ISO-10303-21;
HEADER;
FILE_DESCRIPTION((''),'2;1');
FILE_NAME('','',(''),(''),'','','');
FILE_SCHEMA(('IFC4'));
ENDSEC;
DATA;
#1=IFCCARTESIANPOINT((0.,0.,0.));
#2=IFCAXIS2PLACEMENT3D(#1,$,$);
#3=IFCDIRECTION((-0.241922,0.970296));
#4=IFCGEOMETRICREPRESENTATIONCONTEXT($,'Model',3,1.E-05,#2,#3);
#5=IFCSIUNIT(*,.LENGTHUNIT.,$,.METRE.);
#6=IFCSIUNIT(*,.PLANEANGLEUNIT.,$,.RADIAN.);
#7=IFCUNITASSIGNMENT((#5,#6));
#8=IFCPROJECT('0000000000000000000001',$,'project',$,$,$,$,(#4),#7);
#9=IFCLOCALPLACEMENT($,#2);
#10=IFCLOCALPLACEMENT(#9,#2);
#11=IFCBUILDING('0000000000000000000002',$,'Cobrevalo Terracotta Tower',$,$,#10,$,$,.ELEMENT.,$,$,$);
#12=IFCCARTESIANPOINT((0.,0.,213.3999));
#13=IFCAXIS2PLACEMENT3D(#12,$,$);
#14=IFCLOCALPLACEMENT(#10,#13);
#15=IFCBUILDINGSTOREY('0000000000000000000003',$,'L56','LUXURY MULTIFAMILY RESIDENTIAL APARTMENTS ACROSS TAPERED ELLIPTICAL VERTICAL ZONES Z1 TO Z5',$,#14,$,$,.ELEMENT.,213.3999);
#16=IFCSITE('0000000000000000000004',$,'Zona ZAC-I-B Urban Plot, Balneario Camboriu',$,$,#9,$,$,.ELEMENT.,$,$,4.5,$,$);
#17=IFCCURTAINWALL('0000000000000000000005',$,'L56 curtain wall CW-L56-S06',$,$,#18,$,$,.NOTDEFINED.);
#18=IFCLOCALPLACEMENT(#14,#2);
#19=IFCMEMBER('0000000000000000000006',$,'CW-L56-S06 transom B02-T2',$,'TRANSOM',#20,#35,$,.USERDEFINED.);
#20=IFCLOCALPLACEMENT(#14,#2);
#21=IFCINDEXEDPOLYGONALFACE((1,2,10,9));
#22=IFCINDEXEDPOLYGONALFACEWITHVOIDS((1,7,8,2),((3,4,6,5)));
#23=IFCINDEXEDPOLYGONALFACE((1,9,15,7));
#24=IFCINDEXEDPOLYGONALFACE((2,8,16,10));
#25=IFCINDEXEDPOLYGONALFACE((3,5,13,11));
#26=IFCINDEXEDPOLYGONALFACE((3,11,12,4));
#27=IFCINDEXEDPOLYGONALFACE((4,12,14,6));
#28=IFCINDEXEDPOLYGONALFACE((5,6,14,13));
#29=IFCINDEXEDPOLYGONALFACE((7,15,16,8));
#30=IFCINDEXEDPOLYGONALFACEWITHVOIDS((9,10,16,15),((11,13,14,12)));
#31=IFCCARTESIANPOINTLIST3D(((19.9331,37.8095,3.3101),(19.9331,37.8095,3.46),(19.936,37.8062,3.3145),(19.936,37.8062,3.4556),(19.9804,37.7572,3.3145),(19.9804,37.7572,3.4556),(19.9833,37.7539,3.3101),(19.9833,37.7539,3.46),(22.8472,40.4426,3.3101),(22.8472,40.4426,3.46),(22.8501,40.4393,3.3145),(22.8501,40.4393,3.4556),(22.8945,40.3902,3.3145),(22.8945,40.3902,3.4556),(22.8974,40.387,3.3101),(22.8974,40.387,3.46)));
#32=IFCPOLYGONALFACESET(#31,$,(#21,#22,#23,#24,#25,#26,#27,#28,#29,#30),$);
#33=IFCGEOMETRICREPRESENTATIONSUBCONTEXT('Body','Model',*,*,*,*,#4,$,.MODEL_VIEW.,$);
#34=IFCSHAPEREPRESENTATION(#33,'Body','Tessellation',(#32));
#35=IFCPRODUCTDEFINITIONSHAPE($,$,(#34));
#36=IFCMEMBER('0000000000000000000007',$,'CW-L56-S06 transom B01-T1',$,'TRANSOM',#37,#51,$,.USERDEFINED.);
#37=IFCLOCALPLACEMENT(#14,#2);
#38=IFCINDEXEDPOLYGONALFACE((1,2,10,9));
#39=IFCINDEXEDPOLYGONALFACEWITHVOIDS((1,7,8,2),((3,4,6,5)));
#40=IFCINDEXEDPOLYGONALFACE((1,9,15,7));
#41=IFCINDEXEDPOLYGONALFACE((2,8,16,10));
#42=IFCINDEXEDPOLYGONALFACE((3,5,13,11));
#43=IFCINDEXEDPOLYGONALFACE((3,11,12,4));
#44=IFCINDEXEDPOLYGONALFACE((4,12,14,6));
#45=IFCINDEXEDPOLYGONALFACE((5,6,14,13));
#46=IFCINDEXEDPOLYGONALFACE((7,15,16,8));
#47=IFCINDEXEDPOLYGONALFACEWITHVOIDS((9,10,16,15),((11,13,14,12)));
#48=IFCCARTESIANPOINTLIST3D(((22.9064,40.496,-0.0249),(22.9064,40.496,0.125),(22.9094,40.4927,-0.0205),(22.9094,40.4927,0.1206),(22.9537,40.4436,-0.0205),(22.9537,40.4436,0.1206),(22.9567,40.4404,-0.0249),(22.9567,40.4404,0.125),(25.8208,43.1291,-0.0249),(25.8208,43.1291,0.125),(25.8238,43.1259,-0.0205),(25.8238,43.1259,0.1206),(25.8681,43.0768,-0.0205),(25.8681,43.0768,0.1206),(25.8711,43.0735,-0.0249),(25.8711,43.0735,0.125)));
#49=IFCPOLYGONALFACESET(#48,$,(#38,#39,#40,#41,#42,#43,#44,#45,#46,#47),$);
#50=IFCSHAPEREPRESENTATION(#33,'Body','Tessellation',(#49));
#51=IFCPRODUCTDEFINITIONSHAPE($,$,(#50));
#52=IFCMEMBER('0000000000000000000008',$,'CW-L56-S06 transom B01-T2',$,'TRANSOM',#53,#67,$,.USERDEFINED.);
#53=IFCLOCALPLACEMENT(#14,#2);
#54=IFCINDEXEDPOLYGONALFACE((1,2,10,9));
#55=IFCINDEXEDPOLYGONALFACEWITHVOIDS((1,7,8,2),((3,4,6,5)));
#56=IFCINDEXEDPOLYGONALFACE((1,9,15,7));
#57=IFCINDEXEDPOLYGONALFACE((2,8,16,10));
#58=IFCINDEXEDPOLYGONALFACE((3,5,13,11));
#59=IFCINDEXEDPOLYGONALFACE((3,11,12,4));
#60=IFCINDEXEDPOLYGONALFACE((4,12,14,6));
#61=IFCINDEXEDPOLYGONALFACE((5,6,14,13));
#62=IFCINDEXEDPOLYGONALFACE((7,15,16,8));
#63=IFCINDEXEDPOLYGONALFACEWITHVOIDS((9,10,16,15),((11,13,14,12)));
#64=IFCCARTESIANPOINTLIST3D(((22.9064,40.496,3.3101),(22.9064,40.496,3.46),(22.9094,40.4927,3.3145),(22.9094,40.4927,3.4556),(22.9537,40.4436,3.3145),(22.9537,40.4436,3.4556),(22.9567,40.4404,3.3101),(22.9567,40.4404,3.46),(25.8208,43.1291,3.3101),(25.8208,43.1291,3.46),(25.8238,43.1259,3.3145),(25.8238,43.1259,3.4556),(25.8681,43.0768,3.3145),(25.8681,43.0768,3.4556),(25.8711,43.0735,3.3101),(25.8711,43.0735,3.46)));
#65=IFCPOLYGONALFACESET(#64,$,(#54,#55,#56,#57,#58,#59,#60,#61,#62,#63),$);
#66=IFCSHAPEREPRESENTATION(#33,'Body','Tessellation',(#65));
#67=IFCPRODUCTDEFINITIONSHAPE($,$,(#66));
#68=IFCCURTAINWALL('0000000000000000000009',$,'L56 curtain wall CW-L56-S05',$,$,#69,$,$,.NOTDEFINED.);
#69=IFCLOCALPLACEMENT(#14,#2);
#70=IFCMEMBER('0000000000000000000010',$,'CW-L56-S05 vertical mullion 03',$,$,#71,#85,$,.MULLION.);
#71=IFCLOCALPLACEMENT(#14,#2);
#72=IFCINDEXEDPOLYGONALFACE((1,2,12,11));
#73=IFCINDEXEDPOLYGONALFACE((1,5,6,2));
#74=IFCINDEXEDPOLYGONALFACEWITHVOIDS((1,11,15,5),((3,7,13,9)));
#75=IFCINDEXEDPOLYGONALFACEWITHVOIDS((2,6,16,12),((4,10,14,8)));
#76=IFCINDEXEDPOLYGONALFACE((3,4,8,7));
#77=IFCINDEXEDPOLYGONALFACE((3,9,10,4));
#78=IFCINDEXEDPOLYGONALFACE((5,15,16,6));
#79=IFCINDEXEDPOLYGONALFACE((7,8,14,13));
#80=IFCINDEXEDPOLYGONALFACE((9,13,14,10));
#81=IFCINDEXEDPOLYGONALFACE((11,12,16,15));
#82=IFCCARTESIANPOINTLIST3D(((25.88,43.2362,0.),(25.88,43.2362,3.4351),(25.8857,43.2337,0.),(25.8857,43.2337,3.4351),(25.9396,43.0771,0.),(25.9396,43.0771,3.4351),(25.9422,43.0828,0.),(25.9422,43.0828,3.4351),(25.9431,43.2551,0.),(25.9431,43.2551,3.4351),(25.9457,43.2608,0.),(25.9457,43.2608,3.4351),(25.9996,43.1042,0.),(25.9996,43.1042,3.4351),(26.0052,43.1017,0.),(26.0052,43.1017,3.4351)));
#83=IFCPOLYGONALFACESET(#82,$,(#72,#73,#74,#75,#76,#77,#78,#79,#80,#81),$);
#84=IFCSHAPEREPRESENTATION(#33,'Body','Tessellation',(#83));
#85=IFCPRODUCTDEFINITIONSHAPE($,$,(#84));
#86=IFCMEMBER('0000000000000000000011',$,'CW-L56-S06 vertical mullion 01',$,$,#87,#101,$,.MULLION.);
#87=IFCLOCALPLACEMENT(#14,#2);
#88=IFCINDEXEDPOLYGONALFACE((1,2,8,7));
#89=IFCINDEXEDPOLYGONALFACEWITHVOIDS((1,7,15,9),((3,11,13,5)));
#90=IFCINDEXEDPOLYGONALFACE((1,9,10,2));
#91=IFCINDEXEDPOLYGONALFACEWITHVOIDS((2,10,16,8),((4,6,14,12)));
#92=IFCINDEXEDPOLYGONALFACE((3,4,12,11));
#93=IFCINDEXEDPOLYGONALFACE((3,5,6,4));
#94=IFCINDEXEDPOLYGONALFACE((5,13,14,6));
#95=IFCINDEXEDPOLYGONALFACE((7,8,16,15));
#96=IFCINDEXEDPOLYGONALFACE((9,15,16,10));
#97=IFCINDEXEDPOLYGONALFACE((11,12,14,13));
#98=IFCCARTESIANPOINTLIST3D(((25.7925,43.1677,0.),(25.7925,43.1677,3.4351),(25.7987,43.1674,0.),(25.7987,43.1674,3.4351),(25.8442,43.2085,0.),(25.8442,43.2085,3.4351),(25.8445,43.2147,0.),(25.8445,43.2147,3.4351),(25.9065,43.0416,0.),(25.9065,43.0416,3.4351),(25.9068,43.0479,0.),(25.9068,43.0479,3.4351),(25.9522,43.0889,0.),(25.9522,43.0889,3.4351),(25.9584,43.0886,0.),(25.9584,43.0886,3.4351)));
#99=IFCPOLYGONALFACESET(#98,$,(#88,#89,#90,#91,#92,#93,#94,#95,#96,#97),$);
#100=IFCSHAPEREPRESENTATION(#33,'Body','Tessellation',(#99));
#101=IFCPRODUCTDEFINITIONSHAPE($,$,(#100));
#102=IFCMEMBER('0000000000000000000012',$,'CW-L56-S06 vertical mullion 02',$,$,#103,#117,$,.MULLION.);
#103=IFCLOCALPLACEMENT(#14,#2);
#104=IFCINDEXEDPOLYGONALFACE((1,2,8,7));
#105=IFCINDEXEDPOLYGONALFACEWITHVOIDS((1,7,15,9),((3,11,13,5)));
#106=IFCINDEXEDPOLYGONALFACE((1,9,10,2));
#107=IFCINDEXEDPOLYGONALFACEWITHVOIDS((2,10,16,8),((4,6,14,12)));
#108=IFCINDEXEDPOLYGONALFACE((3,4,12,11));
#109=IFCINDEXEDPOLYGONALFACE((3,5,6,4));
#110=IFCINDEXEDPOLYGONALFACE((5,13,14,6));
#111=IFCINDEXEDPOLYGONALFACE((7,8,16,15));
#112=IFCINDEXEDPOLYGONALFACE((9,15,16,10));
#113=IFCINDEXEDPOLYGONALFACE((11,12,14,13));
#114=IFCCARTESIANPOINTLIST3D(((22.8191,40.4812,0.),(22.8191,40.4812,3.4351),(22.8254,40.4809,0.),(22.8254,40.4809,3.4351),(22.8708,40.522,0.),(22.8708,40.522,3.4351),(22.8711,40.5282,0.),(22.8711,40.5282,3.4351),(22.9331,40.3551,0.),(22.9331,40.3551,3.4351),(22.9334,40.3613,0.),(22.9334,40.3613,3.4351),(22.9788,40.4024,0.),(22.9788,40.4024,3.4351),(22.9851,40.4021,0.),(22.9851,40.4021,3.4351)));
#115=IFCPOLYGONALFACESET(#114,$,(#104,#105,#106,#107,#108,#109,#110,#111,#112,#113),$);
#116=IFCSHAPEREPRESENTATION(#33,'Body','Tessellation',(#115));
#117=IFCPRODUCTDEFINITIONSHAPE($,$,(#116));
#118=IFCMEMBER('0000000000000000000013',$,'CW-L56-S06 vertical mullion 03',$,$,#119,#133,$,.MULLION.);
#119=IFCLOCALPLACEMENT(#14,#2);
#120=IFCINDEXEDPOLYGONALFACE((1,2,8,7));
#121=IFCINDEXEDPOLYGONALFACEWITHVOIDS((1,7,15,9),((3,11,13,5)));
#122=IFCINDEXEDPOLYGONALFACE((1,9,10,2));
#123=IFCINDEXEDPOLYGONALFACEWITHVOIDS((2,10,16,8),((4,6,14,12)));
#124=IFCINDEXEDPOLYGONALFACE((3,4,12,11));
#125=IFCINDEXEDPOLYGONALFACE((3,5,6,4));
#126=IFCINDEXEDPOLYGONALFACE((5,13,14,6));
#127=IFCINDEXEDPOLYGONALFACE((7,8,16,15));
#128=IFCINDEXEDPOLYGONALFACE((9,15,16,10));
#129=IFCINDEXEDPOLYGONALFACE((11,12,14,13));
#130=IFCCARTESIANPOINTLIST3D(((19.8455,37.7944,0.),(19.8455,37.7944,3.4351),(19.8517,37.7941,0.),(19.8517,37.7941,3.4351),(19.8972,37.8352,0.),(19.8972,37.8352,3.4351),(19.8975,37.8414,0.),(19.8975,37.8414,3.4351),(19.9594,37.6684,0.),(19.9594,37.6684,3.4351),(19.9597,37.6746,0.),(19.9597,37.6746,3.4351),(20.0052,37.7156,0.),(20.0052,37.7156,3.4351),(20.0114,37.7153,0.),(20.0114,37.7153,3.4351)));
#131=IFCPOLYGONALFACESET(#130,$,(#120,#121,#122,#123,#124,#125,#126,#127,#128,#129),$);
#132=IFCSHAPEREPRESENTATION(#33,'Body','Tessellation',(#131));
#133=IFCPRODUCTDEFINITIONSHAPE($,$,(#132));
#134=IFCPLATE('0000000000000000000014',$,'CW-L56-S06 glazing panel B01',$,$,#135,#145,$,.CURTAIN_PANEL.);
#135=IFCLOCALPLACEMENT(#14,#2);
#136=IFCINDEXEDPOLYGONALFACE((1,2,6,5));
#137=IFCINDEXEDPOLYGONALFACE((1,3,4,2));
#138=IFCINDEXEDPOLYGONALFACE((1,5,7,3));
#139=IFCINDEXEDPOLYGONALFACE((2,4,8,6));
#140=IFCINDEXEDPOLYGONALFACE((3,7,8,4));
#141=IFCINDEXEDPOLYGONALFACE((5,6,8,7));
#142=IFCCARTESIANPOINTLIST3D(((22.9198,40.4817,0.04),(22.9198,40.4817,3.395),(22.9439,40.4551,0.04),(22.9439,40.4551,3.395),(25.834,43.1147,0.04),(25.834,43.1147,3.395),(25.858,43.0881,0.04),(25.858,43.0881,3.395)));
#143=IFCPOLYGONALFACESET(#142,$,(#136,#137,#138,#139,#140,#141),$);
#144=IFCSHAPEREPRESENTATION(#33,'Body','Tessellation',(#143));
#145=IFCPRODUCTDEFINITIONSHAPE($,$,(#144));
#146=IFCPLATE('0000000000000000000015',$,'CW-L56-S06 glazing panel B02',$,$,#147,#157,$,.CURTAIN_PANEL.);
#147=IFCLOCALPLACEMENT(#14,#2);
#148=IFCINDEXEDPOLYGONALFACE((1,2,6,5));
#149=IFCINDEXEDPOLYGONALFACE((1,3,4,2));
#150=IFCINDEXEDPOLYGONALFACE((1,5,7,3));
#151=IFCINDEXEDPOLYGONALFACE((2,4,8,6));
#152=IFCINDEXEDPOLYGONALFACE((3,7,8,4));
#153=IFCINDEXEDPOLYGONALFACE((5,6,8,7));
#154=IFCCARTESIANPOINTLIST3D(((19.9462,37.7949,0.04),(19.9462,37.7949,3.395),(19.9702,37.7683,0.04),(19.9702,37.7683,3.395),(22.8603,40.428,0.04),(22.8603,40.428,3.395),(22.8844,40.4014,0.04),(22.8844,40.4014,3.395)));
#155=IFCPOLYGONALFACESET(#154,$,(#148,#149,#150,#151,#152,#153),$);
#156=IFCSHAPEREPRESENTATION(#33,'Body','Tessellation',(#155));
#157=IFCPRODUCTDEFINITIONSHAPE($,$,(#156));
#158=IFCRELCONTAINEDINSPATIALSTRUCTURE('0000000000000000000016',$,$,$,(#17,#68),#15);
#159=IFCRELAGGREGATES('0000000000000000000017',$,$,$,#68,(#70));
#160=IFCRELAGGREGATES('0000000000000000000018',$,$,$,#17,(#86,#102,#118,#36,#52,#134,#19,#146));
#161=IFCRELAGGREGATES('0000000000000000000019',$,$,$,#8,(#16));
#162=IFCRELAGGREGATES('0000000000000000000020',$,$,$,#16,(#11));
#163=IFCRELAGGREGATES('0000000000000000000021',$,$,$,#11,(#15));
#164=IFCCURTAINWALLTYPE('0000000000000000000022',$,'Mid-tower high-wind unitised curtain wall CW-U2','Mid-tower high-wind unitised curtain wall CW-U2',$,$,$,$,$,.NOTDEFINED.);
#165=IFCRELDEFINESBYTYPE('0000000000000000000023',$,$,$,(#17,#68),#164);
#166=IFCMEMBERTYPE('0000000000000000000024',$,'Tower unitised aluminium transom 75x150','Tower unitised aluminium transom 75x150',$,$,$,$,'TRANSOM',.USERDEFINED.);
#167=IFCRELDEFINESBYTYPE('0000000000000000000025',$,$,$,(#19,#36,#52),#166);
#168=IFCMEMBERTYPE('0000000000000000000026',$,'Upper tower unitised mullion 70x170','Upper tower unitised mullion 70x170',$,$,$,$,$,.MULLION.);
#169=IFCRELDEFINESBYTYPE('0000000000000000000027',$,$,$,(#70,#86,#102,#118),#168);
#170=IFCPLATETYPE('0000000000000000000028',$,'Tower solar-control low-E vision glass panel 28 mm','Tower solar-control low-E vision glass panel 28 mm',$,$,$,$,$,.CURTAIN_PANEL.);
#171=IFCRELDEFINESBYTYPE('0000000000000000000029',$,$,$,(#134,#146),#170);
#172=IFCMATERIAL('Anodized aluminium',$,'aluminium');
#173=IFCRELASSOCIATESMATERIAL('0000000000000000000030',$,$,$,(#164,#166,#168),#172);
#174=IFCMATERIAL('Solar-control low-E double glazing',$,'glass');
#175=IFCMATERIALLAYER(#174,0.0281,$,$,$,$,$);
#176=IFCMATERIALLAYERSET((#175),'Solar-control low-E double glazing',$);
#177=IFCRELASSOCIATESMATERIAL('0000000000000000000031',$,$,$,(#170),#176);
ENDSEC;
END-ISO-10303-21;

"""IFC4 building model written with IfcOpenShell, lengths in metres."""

from ifc_helpers import new_model, si_unit, direction, frame, origin, origin_2d, place, context, subcontext, project, spatial, rectangle, hollow_rectangle, extrude, source, transform, mapped, material, layer, layer_set, material_profile, profile_set, type_object, element, aggregate, save


model = new_model("IFC4")

# Units and contexts
model_context = context("Model", 3, precision=1e-05, world=origin(), true_north=direction((-0.241922, 0.970296)))
body_context = subcontext(model_context, "Body", "Model", "MODEL_VIEW")
ifc_project = project(units=[si_unit("LENGTHUNIT", "METRE"), si_unit("PLANEANGLEUNIT", "RADIAN")], contexts=[model_context])

# Site, building, storey
site_placement = place(None, origin())
site = spatial("IfcSite", under=ifc_project, at=site_placement, Name="Zona ZAC-I-B Urban Plot, Balneario Camboriu", CompositionType="ELEMENT", RefElevation=4.5)
building_placement = place(site_placement, origin())
building = spatial("IfcBuilding", under=site, at=building_placement, Name="Cobrevalo Terracotta Tower", CompositionType="ELEMENT")
storey_placement = place(building_placement, frame((0.0, 0.0, 213.3999)))
storey = spatial("IfcBuildingStorey", under=building, at=storey_placement, Name="L56", Description="LUXURY MULTIFAMILY RESIDENTIAL APARTMENTS ACROSS TAPERED ELLIPTICAL VERTICAL ZONES Z1 TO Z5", CompositionType="ELEMENT", Elevation=213.3999)

# Curtain wall, members
ifc_material_1 = material(Name="Anodized aluminium", Category="aluminium")
curtain_wall_type = type_object("IfcCurtainWallType", Name="Mid-tower high-wind unitised curtain wall CW-U2", Description="Mid-tower high-wind unitised curtain wall CW-U2", PredefinedType="NOTDEFINED", material=ifc_material_1)
curtain_wall_1_placement = place(storey_placement, origin())
curtain_wall_1 = element("IfcCurtainWall", 1, at=curtain_wall_1_placement, inside=storey, type_object=curtain_wall_type, Name="L56 curtain wall CW-L56-S06", PredefinedType="NOTDEFINED")
ifc_material_profile_1 = material_profile(ifc_material_1, hollow_rectangle(XDim=0.075, YDim=0.1499, WallThickness=0.0044, at=origin_2d()), Name="CWT 75x150")
ifc_profile_set_1 = profile_set([ifc_material_profile_1], Name="Anodized aluminium")
member_type_1 = type_object("IfcMemberType", Name="Tower unitised aluminium transom 75x150", Description="Tower unitised aluminium transom 75x150", ElementType="TRANSOM", PredefinedType="USERDEFINED", material=ifc_profile_set_1)
shared_shape_1 = source(origin(), body_context, "Body", "SweptSolid", [
    extrude(hollow_rectangle(XDim=0.075, YDim=0.1499, WallThickness=0.0044, at=origin_2d()), origin(), (0.0, 0.0, 1.0), 3.9275),
])
member_1_placement = place(storey_placement, frame((22.8723, 40.4148, 3.385), z_axis=(-0.741976, -0.670426, 0.0), x_axis=(0.670426, -0.741976, 0.0)))
member_1 = element("IfcMember", 2, at=member_1_placement, type_object=member_type_1, Name="CW-L56-S06 transom B02-T2", ObjectType="TRANSOM", PredefinedType="USERDEFINED", context=body_context, shape_type="MappedRepresentation", body=[
    mapped(shared_shape_1, transform((0.0, 0.0, 0.0), scale=1.0)),
])
shared_shape_2 = source(origin(), body_context, "Body", "SweptSolid", [
    extrude(hollow_rectangle(XDim=0.075, YDim=0.1499, WallThickness=0.0044, at=origin_2d()), origin(), (0.0, 0.0, 1.0), 3.9277),
])
member_2_placement = place(storey_placement, frame((25.8459, 43.1013, 0.05), z_axis=(-0.742004, -0.670396, 0.0), x_axis=(0.670396, -0.742004, 0.0)))
member_2 = element("IfcMember", 3, at=member_2_placement, type_object=member_type_1, Name="CW-L56-S06 transom B01-T1", ObjectType="TRANSOM", PredefinedType="USERDEFINED", context=body_context, shape_type="MappedRepresentation", body=[
    mapped(shared_shape_2, transform((0.0, 0.0, 0.0), scale=1.0)),
])
member_3_placement = place(storey_placement, frame((25.8459, 43.1013, 3.385), z_axis=(-0.742004, -0.670396, 0.0), x_axis=(0.670396, -0.742004, 0.0)))
member_3 = element("IfcMember", 4, at=member_3_placement, type_object=member_type_1, Name="CW-L56-S06 transom B01-T2", ObjectType="TRANSOM", PredefinedType="USERDEFINED", context=body_context, shape_type="MappedRepresentation", body=[
    mapped(shared_shape_2, transform((0.0, 0.0, 0.0), scale=1.0)),
])

# Curtain wall, member
curtain_wall_2_placement = place(storey_placement, origin())
curtain_wall_2 = element("IfcCurtainWall", 5, at=curtain_wall_2_placement, inside=storey, type_object=curtain_wall_type, Name="L56 curtain wall CW-L56-S05", PredefinedType="NOTDEFINED")
ifc_material_profile_2 = material_profile(ifc_material_1, hollow_rectangle(XDim=0.0701, YDim=0.1699, WallThickness=0.0044, at=origin_2d()), Name="CWM 70x170")
ifc_profile_set_2 = profile_set([ifc_material_profile_2], Name="Anodized aluminium")
member_type_2 = type_object("IfcMemberType", Name="Upper tower unitised mullion 70x170", Description="Upper tower unitised mullion 70x170", PredefinedType="MULLION", material=ifc_profile_set_2)
shared_shape_3 = source(origin(), body_context, "Body", "SweptSolid", [
    extrude(hollow_rectangle(XDim=0.0701, YDim=0.1699, WallThickness=0.0044, at=origin_2d()), origin(), (0.0, 0.0, 1.0), 3.4351),
])
member_4_placement = place(storey_placement, frame((25.9426, 43.1689, 0.0), z_axis=(0.0, 0.0, 1.0), x_axis=(-0.936556, -0.350518, 0.0)))
member_4 = element("IfcMember", 6, at=member_4_placement, type_object=member_type_2, Name="CW-L56-S05 vertical mullion 03", PredefinedType="MULLION", context=body_context, shape_type="MappedRepresentation", body=[
    mapped(shared_shape_3, transform((0.0, 0.0, 0.0), scale=1.0)),
])
aggregate(curtain_wall_2, [member_4])

# Members
member_5_placement = place(storey_placement, frame((25.8755, 43.1282, 0.0), z_axis=(0.0, 0.0, 1.0), x_axis=(-0.741988, -0.670414, 0.0)))
member_5 = element("IfcMember", 7, at=member_5_placement, type_object=member_type_2, Name="CW-L56-S06 vertical mullion 01", PredefinedType="MULLION", context=body_context, shape_type="MappedRepresentation", body=[
    mapped(shared_shape_3, transform((0.0, 0.0, 0.0), scale=1.0)),
])
member_6_placement = place(storey_placement, frame((22.9021, 40.4417, 0.0), z_axis=(0.0, 0.0, 1.0), x_axis=(-0.741988, -0.670414, 0.0)))
member_6 = element("IfcMember", 8, at=member_6_placement, type_object=member_type_2, Name="CW-L56-S06 vertical mullion 02", PredefinedType="MULLION", context=body_context, shape_type="MappedRepresentation", body=[
    mapped(shared_shape_3, transform((0.0, 0.0, 0.0), scale=1.0)),
])
member_7_placement = place(storey_placement, frame((19.9285, 37.7549, 0.0), z_axis=(0.0, 0.0, 1.0), x_axis=(-0.741988, -0.670414, 0.0)))
member_7 = element("IfcMember", 9, at=member_7_placement, type_object=member_type_2, Name="CW-L56-S06 vertical mullion 03", PredefinedType="MULLION", context=body_context, shape_type="MappedRepresentation", body=[
    mapped(shared_shape_3, transform((0.0, 0.0, 0.0), scale=1.0)),
])

# Plates
ifc_material_2 = material(Name="Solar-control low-E double glazing", Category="glass")
ifc_layer_1 = layer(ifc_material_2, 0.0281)
ifc_layer_set_1 = layer_set([ifc_layer_1], Name="Solar-control low-E double glazing")
plate_type = type_object("IfcPlateType", Name="Tower solar-control low-E vision glass panel 28 mm", Description="Tower solar-control low-E vision glass panel 28 mm", PredefinedType="CURTAIN_PANEL", material=ifc_layer_set_1)
shared_shape_4 = source(origin(), body_context, "Body", "SweptSolid", [
    extrude(rectangle(XDim=3.9275, YDim=0.0359, at=origin_2d()), origin(), (0.0, 0.0, 1.0), 3.355),
])
plate_1_placement = place(storey_placement, frame((24.3889, 41.7849, 0.04), z_axis=(0.0, 0.0, 1.0), x_axis=(-0.741988, -0.670414, 0.0)))
plate_1 = element("IfcPlate", 10, at=plate_1_placement, type_object=plate_type, Name="CW-L56-S06 glazing panel B01", PredefinedType="CURTAIN_PANEL", context=body_context, shape_type="MappedRepresentation", body=[
    mapped(shared_shape_4, transform((0.0, 0.0, 0.0), scale=1.0)),
])
plate_2_placement = place(storey_placement, frame((21.4153, 39.0981, 0.04), z_axis=(0.0, 0.0, 1.0), x_axis=(-0.741988, -0.670414, 0.0)))
plate_2 = element("IfcPlate", 11, at=plate_2_placement, type_object=plate_type, Name="CW-L56-S06 glazing panel B02", PredefinedType="CURTAIN_PANEL", context=body_context, shape_type="MappedRepresentation", body=[
    mapped(shared_shape_4, transform((0.0, 0.0, 0.0), scale=1.0)),
])
aggregate(curtain_wall_1, [member_5, member_6, member_7, member_2, member_3, plate_1, member_1, plate_2])

save(model, "model.ifc")
